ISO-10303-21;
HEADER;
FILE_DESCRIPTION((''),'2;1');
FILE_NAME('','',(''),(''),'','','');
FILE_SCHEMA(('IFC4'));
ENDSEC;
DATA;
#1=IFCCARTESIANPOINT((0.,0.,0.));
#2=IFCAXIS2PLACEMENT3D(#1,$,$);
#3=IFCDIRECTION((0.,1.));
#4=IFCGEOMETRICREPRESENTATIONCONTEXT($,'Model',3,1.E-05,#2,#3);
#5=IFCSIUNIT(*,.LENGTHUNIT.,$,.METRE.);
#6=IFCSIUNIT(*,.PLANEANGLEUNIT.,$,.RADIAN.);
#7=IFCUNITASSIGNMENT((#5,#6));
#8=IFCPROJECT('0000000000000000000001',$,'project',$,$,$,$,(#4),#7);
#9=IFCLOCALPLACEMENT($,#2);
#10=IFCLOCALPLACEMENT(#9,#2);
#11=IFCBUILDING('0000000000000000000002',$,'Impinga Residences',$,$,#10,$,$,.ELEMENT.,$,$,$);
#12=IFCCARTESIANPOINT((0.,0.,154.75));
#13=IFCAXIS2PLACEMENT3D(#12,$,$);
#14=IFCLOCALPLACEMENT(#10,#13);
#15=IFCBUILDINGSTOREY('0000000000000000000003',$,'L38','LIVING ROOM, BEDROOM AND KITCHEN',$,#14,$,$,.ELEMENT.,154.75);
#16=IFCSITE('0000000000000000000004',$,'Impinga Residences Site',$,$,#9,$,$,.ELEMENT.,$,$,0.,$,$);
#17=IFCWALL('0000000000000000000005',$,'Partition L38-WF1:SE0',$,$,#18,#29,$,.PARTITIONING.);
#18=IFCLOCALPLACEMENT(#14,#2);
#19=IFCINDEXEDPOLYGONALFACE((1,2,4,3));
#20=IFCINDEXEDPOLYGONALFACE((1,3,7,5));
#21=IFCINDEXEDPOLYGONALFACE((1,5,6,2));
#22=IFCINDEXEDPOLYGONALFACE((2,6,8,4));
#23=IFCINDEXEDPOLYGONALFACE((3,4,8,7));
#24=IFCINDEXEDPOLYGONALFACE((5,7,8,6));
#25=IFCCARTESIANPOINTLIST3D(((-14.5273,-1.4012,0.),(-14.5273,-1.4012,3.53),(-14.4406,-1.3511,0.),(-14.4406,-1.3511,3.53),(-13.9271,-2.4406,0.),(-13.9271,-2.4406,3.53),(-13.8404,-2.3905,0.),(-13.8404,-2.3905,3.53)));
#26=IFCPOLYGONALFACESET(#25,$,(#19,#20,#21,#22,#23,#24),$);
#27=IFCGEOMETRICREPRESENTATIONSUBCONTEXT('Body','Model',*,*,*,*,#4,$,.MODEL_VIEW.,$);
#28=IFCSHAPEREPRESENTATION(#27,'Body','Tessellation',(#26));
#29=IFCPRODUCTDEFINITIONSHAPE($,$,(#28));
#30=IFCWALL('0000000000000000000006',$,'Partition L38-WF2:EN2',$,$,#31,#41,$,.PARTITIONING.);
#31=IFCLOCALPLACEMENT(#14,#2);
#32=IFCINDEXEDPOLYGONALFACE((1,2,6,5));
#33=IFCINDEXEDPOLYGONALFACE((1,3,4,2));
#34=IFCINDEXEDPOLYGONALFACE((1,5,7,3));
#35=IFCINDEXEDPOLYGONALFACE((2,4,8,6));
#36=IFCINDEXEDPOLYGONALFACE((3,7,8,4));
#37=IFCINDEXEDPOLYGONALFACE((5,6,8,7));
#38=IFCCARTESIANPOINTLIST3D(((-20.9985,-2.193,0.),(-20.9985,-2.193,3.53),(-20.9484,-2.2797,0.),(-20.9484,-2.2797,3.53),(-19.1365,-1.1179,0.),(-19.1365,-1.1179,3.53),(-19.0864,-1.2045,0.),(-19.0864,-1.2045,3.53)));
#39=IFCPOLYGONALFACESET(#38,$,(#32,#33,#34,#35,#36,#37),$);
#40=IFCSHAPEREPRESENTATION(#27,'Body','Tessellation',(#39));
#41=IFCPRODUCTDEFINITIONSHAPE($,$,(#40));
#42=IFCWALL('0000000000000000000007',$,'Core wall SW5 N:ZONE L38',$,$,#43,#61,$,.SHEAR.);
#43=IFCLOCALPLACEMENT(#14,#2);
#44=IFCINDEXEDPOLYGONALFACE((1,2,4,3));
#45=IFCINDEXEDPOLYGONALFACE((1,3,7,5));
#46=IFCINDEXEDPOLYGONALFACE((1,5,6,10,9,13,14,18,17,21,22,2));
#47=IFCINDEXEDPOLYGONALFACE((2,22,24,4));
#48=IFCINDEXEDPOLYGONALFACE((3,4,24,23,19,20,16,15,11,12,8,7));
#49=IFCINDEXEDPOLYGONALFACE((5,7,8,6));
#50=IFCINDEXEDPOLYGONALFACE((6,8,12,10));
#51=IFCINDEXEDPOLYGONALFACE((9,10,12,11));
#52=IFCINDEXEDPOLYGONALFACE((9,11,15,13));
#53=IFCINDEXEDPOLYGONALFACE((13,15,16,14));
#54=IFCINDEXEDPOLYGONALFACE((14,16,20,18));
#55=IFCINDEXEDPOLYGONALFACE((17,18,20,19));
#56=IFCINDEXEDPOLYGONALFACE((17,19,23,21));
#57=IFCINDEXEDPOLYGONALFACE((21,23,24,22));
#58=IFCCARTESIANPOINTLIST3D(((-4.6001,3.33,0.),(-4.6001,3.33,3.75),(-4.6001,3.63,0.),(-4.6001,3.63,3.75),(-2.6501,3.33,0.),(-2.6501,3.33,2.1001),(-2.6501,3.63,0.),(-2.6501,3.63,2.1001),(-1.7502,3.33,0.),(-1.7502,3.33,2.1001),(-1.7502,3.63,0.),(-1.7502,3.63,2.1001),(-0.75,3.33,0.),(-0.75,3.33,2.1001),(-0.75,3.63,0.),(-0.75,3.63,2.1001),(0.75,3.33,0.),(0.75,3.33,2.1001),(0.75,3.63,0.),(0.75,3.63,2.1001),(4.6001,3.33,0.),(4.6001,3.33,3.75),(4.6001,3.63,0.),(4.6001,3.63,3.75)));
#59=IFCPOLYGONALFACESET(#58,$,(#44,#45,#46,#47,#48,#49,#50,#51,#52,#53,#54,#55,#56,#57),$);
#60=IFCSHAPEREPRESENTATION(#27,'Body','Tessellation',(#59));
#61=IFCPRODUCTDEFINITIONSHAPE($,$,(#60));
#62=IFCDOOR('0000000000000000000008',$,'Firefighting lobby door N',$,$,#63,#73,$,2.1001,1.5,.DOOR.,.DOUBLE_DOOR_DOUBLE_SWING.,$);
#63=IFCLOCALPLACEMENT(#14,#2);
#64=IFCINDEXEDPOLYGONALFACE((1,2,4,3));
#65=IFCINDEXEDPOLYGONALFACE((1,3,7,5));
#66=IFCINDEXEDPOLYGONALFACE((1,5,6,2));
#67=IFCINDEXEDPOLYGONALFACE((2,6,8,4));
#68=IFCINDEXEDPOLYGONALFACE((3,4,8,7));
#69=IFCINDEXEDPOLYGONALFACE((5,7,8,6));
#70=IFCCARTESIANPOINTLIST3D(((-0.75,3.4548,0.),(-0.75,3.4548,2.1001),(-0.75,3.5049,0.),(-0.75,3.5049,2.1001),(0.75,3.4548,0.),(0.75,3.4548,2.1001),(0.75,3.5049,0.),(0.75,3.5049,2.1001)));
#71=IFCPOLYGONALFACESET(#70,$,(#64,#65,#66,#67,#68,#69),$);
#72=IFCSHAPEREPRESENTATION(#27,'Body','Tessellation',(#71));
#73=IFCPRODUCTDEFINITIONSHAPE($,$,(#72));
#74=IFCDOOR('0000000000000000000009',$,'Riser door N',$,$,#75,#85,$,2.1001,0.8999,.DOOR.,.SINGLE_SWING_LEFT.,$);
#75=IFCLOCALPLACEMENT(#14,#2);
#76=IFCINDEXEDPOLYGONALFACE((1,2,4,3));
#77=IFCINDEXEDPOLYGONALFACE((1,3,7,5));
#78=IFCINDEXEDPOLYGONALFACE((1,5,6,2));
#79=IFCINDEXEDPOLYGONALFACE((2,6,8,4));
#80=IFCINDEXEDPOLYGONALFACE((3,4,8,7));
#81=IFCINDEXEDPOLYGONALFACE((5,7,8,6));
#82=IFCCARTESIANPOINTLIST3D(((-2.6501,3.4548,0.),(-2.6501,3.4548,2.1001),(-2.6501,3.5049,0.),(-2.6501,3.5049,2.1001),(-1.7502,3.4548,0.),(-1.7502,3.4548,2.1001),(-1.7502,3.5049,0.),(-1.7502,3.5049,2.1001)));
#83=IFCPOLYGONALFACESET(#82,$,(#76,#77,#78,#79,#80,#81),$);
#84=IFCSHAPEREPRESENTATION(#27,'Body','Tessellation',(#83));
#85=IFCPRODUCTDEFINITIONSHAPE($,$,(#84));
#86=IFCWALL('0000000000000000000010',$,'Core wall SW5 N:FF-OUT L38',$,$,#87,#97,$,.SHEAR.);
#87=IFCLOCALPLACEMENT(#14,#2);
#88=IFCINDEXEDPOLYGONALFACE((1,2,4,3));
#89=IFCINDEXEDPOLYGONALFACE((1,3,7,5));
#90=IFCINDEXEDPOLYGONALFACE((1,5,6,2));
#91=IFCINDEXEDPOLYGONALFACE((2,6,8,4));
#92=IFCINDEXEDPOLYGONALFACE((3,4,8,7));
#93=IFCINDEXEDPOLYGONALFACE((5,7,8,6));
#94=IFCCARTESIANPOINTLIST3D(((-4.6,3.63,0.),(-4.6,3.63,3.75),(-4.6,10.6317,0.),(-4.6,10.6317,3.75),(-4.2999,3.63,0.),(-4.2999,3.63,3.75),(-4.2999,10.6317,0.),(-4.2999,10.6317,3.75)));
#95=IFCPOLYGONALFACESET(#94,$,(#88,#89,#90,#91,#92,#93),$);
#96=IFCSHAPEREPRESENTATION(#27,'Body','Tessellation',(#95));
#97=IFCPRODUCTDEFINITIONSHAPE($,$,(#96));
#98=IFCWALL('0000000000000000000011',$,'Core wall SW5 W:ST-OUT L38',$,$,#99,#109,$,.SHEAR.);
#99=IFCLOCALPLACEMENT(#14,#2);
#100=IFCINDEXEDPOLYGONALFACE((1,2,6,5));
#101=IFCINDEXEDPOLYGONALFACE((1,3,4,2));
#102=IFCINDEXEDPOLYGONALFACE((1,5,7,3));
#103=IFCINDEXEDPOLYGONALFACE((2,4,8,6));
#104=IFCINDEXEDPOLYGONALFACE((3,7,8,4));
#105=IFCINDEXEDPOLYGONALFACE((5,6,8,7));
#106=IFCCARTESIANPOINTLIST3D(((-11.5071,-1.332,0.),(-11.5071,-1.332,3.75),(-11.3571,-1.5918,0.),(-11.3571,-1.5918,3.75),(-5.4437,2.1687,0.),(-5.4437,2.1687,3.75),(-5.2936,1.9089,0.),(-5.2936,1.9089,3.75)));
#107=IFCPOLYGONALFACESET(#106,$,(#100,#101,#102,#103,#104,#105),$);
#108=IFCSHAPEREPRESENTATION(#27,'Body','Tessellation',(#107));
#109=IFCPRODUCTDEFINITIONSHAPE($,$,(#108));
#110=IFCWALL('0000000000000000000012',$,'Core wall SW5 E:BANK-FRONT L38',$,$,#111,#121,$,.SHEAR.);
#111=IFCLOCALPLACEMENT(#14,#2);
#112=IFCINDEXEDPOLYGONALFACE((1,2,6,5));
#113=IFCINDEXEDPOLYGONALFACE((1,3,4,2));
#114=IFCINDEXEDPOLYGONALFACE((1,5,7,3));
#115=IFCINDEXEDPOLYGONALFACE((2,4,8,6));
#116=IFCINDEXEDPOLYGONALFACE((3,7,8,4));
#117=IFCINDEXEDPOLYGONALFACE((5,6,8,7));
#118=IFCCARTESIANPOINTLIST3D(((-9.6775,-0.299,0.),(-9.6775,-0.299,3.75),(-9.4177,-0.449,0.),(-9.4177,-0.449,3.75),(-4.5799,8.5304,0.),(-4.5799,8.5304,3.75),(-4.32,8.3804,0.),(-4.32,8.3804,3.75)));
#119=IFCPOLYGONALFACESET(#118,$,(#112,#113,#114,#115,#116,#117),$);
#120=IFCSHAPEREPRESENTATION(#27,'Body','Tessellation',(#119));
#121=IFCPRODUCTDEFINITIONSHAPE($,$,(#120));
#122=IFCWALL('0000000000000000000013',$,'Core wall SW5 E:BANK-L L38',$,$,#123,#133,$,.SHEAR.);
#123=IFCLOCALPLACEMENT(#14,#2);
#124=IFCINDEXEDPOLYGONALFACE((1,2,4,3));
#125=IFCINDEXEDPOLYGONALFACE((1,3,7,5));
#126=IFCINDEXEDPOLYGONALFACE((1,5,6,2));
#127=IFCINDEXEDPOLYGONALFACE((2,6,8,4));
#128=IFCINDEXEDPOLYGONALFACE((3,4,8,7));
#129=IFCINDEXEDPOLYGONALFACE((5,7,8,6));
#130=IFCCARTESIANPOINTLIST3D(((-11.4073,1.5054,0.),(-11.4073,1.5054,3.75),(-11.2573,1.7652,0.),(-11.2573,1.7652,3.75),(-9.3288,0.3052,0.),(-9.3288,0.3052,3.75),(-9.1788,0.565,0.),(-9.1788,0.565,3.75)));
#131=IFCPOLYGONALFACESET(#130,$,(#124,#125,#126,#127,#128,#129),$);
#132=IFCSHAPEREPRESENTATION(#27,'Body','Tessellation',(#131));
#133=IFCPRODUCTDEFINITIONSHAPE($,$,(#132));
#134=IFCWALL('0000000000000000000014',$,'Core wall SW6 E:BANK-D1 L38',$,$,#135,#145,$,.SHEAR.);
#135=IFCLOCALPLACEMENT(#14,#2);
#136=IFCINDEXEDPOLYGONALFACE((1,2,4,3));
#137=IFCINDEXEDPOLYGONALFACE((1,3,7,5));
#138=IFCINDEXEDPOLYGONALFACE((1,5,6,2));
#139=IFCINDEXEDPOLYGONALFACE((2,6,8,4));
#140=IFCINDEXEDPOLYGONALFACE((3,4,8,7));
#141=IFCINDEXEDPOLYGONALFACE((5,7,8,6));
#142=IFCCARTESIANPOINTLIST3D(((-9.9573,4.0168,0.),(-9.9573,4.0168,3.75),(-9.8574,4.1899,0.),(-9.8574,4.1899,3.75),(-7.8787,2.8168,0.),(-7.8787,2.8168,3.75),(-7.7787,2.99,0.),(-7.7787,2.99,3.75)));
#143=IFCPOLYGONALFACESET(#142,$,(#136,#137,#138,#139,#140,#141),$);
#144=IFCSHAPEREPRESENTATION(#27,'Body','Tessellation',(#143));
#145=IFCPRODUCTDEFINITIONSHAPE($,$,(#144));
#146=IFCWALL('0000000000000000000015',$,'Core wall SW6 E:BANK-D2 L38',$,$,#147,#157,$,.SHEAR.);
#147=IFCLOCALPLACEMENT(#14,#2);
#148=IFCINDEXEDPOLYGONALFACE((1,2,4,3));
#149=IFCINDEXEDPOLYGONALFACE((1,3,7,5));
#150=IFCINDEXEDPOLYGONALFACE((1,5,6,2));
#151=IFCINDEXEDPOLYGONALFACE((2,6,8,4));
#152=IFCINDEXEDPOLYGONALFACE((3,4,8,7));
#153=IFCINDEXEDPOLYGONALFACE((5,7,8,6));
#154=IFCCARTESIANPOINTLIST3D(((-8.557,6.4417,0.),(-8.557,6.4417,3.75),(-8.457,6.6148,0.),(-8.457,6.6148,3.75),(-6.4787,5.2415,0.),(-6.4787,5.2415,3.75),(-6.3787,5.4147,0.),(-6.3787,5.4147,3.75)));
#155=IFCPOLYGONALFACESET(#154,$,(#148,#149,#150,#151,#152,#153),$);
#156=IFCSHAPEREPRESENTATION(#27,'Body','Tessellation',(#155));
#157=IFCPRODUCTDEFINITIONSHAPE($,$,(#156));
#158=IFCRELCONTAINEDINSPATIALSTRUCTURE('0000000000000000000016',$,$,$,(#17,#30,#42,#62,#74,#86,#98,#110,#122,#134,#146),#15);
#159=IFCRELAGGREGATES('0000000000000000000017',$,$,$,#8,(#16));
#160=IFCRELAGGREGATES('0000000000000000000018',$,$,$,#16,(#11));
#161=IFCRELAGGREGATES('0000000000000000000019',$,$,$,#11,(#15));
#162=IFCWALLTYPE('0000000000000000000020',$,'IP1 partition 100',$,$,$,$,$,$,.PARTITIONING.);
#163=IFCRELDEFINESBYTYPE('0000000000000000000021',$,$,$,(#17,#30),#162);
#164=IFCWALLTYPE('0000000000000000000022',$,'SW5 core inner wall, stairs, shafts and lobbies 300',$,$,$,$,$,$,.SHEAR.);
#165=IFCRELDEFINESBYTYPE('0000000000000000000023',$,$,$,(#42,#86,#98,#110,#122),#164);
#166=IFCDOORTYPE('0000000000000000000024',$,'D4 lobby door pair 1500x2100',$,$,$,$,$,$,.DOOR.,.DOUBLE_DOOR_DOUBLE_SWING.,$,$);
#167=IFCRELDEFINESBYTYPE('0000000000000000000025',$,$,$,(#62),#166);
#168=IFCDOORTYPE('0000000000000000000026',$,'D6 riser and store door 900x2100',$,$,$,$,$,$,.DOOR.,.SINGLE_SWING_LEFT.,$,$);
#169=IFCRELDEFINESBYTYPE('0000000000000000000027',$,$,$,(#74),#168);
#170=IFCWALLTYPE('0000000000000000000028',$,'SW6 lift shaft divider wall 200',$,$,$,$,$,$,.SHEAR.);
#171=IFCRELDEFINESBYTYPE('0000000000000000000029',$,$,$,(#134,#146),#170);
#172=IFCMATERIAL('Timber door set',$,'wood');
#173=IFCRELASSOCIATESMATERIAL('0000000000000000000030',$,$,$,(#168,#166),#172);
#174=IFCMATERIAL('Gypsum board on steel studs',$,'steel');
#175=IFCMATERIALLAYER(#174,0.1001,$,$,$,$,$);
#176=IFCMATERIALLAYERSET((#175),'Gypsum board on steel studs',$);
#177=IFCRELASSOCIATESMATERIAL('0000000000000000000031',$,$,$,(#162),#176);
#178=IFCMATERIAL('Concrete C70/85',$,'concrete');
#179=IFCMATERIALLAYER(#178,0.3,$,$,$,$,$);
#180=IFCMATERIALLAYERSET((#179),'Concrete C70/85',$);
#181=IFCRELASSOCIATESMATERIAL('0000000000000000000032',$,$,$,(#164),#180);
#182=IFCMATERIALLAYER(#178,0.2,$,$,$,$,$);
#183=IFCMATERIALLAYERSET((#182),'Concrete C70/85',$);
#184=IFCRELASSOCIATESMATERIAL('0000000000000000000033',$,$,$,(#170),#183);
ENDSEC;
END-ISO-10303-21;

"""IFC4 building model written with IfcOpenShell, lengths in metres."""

from ifc_helpers import new_model, si_unit, direction, frame, frame_2d, origin, place, context, subcontext, project, spatial, rectangle, extrude, material, layer, layer_set, type_object, element, fill, save


model = new_model("IFC4")

# Units and contexts
model_context = context("Model", 3, precision=1e-05, world=origin(), true_north=direction((0.0, 1.0)))
body_context = subcontext(model_context, "Body", "Model", "MODEL_VIEW")
ifc_project = project(units=[si_unit("LENGTHUNIT", "METRE"), si_unit("PLANEANGLEUNIT", "RADIAN")], contexts=[model_context])

# Site, building, storey
site_placement = place(None, origin())
site = spatial("IfcSite", under=ifc_project, at=site_placement, Name="Impinga Residences Site", CompositionType="ELEMENT", RefElevation=0.0)
building_placement = place(site_placement, origin())
building = spatial("IfcBuilding", under=site, at=building_placement, Name="Impinga Residences", CompositionType="ELEMENT")
storey_placement = place(building_placement, frame((0.0, 0.0, 154.75)))
storey = spatial("IfcBuildingStorey", under=building, at=storey_placement, Name="L38", Description="LIVING ROOM, BEDROOM AND KITCHEN", CompositionType="ELEMENT", Elevation=154.75)

# Shared definitions
ifc_material_1 = material(Name="Timber door set", Category="wood")
door_type_1 = type_object("IfcDoorType", Name="D6 riser and store door 900x2100", OperationType="SINGLE_SWING_LEFT", PredefinedType="DOOR", material=ifc_material_1)

# Shared definitions
ifc_material_2 = material(Name="Gypsum board on steel studs", Category="steel")
ifc_layer_1 = layer(ifc_material_2, 0.1001)
ifc_layer_set_1 = layer_set([ifc_layer_1], Name="Gypsum board on steel studs")
wall_type_1 = type_object("IfcWallType", Name="IP1 partition 100", PredefinedType="PARTITIONING", material=ifc_layer_set_1)

# Walls
wall_1_placement = place(storey_placement, frame((-13.8838, -2.4155, 0.0), z_axis=(0.0, 0.0, 1.0), x_axis=(-0.500034, 0.866006, 0.0)))
element("IfcWall", 1, at=wall_1_placement, inside=storey, type_object=wall_type_1, Name="Partition L38-WF1:SE0", PredefinedType="PARTITIONING", context=body_context, shape_type="SweptSolid", body=[
    extrude(rectangle(XDim=1.2002, YDim=0.1001, at=frame_2d((0.6001, 0.0))), origin(), (0.0, 0.0, 1.0), 3.53),
])
wall_2_placement = place(storey_placement, frame((-19.1113, -1.1611, 0.0), z_axis=(0.0, 0.0, 1.0), x_axis=(-0.865998, -0.500047, 0.0)))
element("IfcWall", 2, at=wall_2_placement, inside=storey, type_object=wall_type_1, Name="Partition L38-WF2:EN2", PredefinedType="PARTITIONING", context=body_context, shape_type="SweptSolid", body=[
    extrude(rectangle(XDim=2.1501, YDim=0.1001, at=frame_2d((1.0752, 0.0))), origin(), (0.0, 0.0, 1.0), 3.53),
])

# Wall, openings, doors
ifc_material_3 = material(Name="Concrete C70/85", Category="concrete")
ifc_layer_2 = layer(ifc_material_3, 0.3)
ifc_layer_set_2 = layer_set([ifc_layer_2], Name="Concrete C70/85")
wall_type_2 = type_object("IfcWallType", Name="SW5 core inner wall, stairs, shafts and lobbies 300", PredefinedType="SHEAR", material=ifc_layer_set_2)
wall_3_placement = place(storey_placement, frame((-4.6001, 3.48, 0.0), z_axis=(0.0, 0.0, 1.0), x_axis=(1.0, 0.0, 0.0)))
wall_3 = element("IfcWall", 3, at=wall_3_placement, inside=storey, type_object=wall_type_2, Name="Core wall SW5 N:ZONE L38", PredefinedType="SHEAR", context=body_context, shape_type="SweptSolid", body=[
    extrude(rectangle(XDim=9.2002, YDim=0.3, at=frame_2d((4.6001, 0.0))), origin(), (0.0, 0.0, 1.0), 3.75),
])
opening_1_placement = place(wall_3_placement, frame((3.8501, 0.0, 0.0)))
opening_1 = element("IfcOpeningElement", 4, at=opening_1_placement, cuts=wall_3, PredefinedType="OPENING", context=body_context, shape_type="SweptSolid", body=[
    extrude(rectangle(XDim=1.5, YDim=2.1001, at=frame_2d((0.75, 1.05))), frame((0.0, 0.1599, 0.0), z_axis=(0.0, -1.0, 0.0), x_axis=(1.0, 0.0, 0.0)), (0.0, 0.0, 1.0), 0.3201),
])
opening_2_placement = place(wall_3_placement, frame((1.95, 0.0, 0.0)))
opening_2 = element("IfcOpeningElement", 5, at=opening_2_placement, cuts=wall_3, PredefinedType="OPENING", context=body_context, shape_type="SweptSolid", body=[
    extrude(rectangle(XDim=0.8999, YDim=2.1001, at=frame_2d((0.45, 1.05))), frame((0.0, 0.1599, 0.0), z_axis=(0.0, -1.0, 0.0), x_axis=(1.0, 0.0, 0.0)), (0.0, 0.0, 1.0), 0.3201),
])
door_type_2 = type_object("IfcDoorType", Name="D4 lobby door pair 1500x2100", OperationType="DOUBLE_DOOR_DOUBLE_SWING", PredefinedType="DOOR", material=ifc_material_1)
door_1_placement = place(opening_1_placement, origin())
door_1 = element("IfcDoor", 6, at=door_1_placement, inside=storey, type_object=door_type_2, Name="Firefighting lobby door N", OperationType="DOUBLE_DOOR_DOUBLE_SWING", OverallHeight=2.1001, OverallWidth=1.5, PredefinedType="DOOR", context=body_context, shape_type="SweptSolid", body=[
    extrude(rectangle(XDim=1.5, YDim=2.1001, at=frame_2d((0.75, 1.05))), frame((0.0, 0.0249, 0.0), z_axis=(0.0, -1.0, 0.0), x_axis=(1.0, 0.0, 0.0)), (0.0, 0.0, 1.0), 0.05),
])
fill(opening_1, door_1)
door_2_placement = place(opening_2_placement, origin())
door_2 = element("IfcDoor", 7, at=door_2_placement, inside=storey, type_object=door_type_1, Name="Riser door N", OperationType="SINGLE_SWING_LEFT", OverallHeight=2.1001, OverallWidth=0.8999, PredefinedType="DOOR", context=body_context, shape_type="SweptSolid", body=[
    extrude(rectangle(XDim=0.8999, YDim=2.1001, at=frame_2d((0.45, 1.05))), frame((0.0, 0.0249, 0.0), z_axis=(0.0, -1.0, 0.0), x_axis=(1.0, 0.0, 0.0)), (0.0, 0.0, 1.0), 0.05),
])
fill(opening_2, door_2)

# Walls
wall_4_placement = place(storey_placement, frame((-4.45, 3.6299, 0.0), z_axis=(0.0, 0.0, 1.0), x_axis=(0.0, 1.0, 0.0)))
element("IfcWall", 8, at=wall_4_placement, inside=storey, type_object=wall_type_2, Name="Core wall SW5 N:FF-OUT L38", PredefinedType="SHEAR", context=body_context, shape_type="SweptSolid", body=[
    extrude(rectangle(XDim=7.0017, YDim=0.3, at=frame_2d((3.501, 0.0))), origin(), (0.0, 0.0, 1.0), 3.75),
])
wall_5_placement = place(storey_placement, frame((-5.3687, 2.0388, 0.0), z_axis=(0.0, 0.0, 1.0), x_axis=(-0.866026, -0.499998, 0.0)))
element("IfcWall", 9, at=wall_5_placement, inside=storey, type_object=wall_type_2, Name="Core wall SW5 W:ST-OUT L38", PredefinedType="SHEAR", context=body_context, shape_type="SweptSolid", body=[
    extrude(rectangle(XDim=7.0015, YDim=0.3, at=frame_2d((3.5007, 0.0))), origin(), (0.0, 0.0, 1.0), 3.75),
])
wall_6_placement = place(storey_placement, frame((-9.5476, -0.374, 0.0), z_axis=(0.0, 0.0, 1.0), x_axis=(0.500002, 0.866024, 0.0)))
element("IfcWall", 10, at=wall_6_placement, inside=storey, type_object=wall_type_2, Name="Core wall SW5 E:BANK-FRONT L38", PredefinedType="SHEAR", context=body_context, shape_type="SweptSolid", body=[
    extrude(rectangle(XDim=10.1953, YDim=0.3, at=frame_2d((5.0977, 0.0))), origin(), (0.0, 0.0, 1.0), 3.75),
])
wall_7_placement = place(storey_placement, frame((-9.2537, 0.4351, 0.0), z_axis=(0.0, 0.0, 1.0), x_axis=(-0.866006, 0.500034, 0.0)))
element("IfcWall", 11, at=wall_7_placement, inside=storey, type_object=wall_type_2, Name="Core wall SW5 E:BANK-L L38", PredefinedType="SHEAR", context=body_context, shape_type="SweptSolid", body=[
    extrude(rectangle(XDim=2.4001, YDim=0.3, at=frame_2d((1.2002, 0.0))), origin(), (0.0, 0.0, 1.0), 3.75),
])
ifc_layer_3 = layer(ifc_material_3, 0.2)
ifc_layer_set_3 = layer_set([ifc_layer_3], Name="Concrete C70/85")
wall_type_3 = type_object("IfcWallType", Name="SW6 lift shaft divider wall 200", PredefinedType="SHEAR", material=ifc_layer_set_3)
wall_8_placement = place(storey_placement, frame((-7.8286, 2.9033, 0.0), z_axis=(0.0, 0.0, 1.0), x_axis=(-0.86605, 0.499957, 0.0)))
element("IfcWall", 12, at=wall_8_placement, inside=storey, type_object=wall_type_3, Name="Core wall SW6 E:BANK-D1 L38", PredefinedType="SHEAR", context=body_context, shape_type="SweptSolid", body=[
    extrude(rectangle(XDim=2.4001, YDim=0.2, at=frame_2d((1.2002, 0.0))), origin(), (0.0, 0.0, 1.0), 3.75),
])
wall_9_placement = place(storey_placement, frame((-6.4287, 5.3281, 0.0), z_axis=(0.0, 0.0, 1.0), x_axis=(-0.865981, 0.500078, 0.0)))
element("IfcWall", 13, at=wall_9_placement, inside=storey, type_object=wall_type_3, Name="Core wall SW6 E:BANK-D2 L38", PredefinedType="SHEAR", context=body_context, shape_type="SweptSolid", body=[
    extrude(rectangle(XDim=2.3999, YDim=0.2, at=frame_2d((1.2, 0.0))), origin(), (0.0, 0.0, 1.0), 3.75),
])

save(model, "model.ifc")
